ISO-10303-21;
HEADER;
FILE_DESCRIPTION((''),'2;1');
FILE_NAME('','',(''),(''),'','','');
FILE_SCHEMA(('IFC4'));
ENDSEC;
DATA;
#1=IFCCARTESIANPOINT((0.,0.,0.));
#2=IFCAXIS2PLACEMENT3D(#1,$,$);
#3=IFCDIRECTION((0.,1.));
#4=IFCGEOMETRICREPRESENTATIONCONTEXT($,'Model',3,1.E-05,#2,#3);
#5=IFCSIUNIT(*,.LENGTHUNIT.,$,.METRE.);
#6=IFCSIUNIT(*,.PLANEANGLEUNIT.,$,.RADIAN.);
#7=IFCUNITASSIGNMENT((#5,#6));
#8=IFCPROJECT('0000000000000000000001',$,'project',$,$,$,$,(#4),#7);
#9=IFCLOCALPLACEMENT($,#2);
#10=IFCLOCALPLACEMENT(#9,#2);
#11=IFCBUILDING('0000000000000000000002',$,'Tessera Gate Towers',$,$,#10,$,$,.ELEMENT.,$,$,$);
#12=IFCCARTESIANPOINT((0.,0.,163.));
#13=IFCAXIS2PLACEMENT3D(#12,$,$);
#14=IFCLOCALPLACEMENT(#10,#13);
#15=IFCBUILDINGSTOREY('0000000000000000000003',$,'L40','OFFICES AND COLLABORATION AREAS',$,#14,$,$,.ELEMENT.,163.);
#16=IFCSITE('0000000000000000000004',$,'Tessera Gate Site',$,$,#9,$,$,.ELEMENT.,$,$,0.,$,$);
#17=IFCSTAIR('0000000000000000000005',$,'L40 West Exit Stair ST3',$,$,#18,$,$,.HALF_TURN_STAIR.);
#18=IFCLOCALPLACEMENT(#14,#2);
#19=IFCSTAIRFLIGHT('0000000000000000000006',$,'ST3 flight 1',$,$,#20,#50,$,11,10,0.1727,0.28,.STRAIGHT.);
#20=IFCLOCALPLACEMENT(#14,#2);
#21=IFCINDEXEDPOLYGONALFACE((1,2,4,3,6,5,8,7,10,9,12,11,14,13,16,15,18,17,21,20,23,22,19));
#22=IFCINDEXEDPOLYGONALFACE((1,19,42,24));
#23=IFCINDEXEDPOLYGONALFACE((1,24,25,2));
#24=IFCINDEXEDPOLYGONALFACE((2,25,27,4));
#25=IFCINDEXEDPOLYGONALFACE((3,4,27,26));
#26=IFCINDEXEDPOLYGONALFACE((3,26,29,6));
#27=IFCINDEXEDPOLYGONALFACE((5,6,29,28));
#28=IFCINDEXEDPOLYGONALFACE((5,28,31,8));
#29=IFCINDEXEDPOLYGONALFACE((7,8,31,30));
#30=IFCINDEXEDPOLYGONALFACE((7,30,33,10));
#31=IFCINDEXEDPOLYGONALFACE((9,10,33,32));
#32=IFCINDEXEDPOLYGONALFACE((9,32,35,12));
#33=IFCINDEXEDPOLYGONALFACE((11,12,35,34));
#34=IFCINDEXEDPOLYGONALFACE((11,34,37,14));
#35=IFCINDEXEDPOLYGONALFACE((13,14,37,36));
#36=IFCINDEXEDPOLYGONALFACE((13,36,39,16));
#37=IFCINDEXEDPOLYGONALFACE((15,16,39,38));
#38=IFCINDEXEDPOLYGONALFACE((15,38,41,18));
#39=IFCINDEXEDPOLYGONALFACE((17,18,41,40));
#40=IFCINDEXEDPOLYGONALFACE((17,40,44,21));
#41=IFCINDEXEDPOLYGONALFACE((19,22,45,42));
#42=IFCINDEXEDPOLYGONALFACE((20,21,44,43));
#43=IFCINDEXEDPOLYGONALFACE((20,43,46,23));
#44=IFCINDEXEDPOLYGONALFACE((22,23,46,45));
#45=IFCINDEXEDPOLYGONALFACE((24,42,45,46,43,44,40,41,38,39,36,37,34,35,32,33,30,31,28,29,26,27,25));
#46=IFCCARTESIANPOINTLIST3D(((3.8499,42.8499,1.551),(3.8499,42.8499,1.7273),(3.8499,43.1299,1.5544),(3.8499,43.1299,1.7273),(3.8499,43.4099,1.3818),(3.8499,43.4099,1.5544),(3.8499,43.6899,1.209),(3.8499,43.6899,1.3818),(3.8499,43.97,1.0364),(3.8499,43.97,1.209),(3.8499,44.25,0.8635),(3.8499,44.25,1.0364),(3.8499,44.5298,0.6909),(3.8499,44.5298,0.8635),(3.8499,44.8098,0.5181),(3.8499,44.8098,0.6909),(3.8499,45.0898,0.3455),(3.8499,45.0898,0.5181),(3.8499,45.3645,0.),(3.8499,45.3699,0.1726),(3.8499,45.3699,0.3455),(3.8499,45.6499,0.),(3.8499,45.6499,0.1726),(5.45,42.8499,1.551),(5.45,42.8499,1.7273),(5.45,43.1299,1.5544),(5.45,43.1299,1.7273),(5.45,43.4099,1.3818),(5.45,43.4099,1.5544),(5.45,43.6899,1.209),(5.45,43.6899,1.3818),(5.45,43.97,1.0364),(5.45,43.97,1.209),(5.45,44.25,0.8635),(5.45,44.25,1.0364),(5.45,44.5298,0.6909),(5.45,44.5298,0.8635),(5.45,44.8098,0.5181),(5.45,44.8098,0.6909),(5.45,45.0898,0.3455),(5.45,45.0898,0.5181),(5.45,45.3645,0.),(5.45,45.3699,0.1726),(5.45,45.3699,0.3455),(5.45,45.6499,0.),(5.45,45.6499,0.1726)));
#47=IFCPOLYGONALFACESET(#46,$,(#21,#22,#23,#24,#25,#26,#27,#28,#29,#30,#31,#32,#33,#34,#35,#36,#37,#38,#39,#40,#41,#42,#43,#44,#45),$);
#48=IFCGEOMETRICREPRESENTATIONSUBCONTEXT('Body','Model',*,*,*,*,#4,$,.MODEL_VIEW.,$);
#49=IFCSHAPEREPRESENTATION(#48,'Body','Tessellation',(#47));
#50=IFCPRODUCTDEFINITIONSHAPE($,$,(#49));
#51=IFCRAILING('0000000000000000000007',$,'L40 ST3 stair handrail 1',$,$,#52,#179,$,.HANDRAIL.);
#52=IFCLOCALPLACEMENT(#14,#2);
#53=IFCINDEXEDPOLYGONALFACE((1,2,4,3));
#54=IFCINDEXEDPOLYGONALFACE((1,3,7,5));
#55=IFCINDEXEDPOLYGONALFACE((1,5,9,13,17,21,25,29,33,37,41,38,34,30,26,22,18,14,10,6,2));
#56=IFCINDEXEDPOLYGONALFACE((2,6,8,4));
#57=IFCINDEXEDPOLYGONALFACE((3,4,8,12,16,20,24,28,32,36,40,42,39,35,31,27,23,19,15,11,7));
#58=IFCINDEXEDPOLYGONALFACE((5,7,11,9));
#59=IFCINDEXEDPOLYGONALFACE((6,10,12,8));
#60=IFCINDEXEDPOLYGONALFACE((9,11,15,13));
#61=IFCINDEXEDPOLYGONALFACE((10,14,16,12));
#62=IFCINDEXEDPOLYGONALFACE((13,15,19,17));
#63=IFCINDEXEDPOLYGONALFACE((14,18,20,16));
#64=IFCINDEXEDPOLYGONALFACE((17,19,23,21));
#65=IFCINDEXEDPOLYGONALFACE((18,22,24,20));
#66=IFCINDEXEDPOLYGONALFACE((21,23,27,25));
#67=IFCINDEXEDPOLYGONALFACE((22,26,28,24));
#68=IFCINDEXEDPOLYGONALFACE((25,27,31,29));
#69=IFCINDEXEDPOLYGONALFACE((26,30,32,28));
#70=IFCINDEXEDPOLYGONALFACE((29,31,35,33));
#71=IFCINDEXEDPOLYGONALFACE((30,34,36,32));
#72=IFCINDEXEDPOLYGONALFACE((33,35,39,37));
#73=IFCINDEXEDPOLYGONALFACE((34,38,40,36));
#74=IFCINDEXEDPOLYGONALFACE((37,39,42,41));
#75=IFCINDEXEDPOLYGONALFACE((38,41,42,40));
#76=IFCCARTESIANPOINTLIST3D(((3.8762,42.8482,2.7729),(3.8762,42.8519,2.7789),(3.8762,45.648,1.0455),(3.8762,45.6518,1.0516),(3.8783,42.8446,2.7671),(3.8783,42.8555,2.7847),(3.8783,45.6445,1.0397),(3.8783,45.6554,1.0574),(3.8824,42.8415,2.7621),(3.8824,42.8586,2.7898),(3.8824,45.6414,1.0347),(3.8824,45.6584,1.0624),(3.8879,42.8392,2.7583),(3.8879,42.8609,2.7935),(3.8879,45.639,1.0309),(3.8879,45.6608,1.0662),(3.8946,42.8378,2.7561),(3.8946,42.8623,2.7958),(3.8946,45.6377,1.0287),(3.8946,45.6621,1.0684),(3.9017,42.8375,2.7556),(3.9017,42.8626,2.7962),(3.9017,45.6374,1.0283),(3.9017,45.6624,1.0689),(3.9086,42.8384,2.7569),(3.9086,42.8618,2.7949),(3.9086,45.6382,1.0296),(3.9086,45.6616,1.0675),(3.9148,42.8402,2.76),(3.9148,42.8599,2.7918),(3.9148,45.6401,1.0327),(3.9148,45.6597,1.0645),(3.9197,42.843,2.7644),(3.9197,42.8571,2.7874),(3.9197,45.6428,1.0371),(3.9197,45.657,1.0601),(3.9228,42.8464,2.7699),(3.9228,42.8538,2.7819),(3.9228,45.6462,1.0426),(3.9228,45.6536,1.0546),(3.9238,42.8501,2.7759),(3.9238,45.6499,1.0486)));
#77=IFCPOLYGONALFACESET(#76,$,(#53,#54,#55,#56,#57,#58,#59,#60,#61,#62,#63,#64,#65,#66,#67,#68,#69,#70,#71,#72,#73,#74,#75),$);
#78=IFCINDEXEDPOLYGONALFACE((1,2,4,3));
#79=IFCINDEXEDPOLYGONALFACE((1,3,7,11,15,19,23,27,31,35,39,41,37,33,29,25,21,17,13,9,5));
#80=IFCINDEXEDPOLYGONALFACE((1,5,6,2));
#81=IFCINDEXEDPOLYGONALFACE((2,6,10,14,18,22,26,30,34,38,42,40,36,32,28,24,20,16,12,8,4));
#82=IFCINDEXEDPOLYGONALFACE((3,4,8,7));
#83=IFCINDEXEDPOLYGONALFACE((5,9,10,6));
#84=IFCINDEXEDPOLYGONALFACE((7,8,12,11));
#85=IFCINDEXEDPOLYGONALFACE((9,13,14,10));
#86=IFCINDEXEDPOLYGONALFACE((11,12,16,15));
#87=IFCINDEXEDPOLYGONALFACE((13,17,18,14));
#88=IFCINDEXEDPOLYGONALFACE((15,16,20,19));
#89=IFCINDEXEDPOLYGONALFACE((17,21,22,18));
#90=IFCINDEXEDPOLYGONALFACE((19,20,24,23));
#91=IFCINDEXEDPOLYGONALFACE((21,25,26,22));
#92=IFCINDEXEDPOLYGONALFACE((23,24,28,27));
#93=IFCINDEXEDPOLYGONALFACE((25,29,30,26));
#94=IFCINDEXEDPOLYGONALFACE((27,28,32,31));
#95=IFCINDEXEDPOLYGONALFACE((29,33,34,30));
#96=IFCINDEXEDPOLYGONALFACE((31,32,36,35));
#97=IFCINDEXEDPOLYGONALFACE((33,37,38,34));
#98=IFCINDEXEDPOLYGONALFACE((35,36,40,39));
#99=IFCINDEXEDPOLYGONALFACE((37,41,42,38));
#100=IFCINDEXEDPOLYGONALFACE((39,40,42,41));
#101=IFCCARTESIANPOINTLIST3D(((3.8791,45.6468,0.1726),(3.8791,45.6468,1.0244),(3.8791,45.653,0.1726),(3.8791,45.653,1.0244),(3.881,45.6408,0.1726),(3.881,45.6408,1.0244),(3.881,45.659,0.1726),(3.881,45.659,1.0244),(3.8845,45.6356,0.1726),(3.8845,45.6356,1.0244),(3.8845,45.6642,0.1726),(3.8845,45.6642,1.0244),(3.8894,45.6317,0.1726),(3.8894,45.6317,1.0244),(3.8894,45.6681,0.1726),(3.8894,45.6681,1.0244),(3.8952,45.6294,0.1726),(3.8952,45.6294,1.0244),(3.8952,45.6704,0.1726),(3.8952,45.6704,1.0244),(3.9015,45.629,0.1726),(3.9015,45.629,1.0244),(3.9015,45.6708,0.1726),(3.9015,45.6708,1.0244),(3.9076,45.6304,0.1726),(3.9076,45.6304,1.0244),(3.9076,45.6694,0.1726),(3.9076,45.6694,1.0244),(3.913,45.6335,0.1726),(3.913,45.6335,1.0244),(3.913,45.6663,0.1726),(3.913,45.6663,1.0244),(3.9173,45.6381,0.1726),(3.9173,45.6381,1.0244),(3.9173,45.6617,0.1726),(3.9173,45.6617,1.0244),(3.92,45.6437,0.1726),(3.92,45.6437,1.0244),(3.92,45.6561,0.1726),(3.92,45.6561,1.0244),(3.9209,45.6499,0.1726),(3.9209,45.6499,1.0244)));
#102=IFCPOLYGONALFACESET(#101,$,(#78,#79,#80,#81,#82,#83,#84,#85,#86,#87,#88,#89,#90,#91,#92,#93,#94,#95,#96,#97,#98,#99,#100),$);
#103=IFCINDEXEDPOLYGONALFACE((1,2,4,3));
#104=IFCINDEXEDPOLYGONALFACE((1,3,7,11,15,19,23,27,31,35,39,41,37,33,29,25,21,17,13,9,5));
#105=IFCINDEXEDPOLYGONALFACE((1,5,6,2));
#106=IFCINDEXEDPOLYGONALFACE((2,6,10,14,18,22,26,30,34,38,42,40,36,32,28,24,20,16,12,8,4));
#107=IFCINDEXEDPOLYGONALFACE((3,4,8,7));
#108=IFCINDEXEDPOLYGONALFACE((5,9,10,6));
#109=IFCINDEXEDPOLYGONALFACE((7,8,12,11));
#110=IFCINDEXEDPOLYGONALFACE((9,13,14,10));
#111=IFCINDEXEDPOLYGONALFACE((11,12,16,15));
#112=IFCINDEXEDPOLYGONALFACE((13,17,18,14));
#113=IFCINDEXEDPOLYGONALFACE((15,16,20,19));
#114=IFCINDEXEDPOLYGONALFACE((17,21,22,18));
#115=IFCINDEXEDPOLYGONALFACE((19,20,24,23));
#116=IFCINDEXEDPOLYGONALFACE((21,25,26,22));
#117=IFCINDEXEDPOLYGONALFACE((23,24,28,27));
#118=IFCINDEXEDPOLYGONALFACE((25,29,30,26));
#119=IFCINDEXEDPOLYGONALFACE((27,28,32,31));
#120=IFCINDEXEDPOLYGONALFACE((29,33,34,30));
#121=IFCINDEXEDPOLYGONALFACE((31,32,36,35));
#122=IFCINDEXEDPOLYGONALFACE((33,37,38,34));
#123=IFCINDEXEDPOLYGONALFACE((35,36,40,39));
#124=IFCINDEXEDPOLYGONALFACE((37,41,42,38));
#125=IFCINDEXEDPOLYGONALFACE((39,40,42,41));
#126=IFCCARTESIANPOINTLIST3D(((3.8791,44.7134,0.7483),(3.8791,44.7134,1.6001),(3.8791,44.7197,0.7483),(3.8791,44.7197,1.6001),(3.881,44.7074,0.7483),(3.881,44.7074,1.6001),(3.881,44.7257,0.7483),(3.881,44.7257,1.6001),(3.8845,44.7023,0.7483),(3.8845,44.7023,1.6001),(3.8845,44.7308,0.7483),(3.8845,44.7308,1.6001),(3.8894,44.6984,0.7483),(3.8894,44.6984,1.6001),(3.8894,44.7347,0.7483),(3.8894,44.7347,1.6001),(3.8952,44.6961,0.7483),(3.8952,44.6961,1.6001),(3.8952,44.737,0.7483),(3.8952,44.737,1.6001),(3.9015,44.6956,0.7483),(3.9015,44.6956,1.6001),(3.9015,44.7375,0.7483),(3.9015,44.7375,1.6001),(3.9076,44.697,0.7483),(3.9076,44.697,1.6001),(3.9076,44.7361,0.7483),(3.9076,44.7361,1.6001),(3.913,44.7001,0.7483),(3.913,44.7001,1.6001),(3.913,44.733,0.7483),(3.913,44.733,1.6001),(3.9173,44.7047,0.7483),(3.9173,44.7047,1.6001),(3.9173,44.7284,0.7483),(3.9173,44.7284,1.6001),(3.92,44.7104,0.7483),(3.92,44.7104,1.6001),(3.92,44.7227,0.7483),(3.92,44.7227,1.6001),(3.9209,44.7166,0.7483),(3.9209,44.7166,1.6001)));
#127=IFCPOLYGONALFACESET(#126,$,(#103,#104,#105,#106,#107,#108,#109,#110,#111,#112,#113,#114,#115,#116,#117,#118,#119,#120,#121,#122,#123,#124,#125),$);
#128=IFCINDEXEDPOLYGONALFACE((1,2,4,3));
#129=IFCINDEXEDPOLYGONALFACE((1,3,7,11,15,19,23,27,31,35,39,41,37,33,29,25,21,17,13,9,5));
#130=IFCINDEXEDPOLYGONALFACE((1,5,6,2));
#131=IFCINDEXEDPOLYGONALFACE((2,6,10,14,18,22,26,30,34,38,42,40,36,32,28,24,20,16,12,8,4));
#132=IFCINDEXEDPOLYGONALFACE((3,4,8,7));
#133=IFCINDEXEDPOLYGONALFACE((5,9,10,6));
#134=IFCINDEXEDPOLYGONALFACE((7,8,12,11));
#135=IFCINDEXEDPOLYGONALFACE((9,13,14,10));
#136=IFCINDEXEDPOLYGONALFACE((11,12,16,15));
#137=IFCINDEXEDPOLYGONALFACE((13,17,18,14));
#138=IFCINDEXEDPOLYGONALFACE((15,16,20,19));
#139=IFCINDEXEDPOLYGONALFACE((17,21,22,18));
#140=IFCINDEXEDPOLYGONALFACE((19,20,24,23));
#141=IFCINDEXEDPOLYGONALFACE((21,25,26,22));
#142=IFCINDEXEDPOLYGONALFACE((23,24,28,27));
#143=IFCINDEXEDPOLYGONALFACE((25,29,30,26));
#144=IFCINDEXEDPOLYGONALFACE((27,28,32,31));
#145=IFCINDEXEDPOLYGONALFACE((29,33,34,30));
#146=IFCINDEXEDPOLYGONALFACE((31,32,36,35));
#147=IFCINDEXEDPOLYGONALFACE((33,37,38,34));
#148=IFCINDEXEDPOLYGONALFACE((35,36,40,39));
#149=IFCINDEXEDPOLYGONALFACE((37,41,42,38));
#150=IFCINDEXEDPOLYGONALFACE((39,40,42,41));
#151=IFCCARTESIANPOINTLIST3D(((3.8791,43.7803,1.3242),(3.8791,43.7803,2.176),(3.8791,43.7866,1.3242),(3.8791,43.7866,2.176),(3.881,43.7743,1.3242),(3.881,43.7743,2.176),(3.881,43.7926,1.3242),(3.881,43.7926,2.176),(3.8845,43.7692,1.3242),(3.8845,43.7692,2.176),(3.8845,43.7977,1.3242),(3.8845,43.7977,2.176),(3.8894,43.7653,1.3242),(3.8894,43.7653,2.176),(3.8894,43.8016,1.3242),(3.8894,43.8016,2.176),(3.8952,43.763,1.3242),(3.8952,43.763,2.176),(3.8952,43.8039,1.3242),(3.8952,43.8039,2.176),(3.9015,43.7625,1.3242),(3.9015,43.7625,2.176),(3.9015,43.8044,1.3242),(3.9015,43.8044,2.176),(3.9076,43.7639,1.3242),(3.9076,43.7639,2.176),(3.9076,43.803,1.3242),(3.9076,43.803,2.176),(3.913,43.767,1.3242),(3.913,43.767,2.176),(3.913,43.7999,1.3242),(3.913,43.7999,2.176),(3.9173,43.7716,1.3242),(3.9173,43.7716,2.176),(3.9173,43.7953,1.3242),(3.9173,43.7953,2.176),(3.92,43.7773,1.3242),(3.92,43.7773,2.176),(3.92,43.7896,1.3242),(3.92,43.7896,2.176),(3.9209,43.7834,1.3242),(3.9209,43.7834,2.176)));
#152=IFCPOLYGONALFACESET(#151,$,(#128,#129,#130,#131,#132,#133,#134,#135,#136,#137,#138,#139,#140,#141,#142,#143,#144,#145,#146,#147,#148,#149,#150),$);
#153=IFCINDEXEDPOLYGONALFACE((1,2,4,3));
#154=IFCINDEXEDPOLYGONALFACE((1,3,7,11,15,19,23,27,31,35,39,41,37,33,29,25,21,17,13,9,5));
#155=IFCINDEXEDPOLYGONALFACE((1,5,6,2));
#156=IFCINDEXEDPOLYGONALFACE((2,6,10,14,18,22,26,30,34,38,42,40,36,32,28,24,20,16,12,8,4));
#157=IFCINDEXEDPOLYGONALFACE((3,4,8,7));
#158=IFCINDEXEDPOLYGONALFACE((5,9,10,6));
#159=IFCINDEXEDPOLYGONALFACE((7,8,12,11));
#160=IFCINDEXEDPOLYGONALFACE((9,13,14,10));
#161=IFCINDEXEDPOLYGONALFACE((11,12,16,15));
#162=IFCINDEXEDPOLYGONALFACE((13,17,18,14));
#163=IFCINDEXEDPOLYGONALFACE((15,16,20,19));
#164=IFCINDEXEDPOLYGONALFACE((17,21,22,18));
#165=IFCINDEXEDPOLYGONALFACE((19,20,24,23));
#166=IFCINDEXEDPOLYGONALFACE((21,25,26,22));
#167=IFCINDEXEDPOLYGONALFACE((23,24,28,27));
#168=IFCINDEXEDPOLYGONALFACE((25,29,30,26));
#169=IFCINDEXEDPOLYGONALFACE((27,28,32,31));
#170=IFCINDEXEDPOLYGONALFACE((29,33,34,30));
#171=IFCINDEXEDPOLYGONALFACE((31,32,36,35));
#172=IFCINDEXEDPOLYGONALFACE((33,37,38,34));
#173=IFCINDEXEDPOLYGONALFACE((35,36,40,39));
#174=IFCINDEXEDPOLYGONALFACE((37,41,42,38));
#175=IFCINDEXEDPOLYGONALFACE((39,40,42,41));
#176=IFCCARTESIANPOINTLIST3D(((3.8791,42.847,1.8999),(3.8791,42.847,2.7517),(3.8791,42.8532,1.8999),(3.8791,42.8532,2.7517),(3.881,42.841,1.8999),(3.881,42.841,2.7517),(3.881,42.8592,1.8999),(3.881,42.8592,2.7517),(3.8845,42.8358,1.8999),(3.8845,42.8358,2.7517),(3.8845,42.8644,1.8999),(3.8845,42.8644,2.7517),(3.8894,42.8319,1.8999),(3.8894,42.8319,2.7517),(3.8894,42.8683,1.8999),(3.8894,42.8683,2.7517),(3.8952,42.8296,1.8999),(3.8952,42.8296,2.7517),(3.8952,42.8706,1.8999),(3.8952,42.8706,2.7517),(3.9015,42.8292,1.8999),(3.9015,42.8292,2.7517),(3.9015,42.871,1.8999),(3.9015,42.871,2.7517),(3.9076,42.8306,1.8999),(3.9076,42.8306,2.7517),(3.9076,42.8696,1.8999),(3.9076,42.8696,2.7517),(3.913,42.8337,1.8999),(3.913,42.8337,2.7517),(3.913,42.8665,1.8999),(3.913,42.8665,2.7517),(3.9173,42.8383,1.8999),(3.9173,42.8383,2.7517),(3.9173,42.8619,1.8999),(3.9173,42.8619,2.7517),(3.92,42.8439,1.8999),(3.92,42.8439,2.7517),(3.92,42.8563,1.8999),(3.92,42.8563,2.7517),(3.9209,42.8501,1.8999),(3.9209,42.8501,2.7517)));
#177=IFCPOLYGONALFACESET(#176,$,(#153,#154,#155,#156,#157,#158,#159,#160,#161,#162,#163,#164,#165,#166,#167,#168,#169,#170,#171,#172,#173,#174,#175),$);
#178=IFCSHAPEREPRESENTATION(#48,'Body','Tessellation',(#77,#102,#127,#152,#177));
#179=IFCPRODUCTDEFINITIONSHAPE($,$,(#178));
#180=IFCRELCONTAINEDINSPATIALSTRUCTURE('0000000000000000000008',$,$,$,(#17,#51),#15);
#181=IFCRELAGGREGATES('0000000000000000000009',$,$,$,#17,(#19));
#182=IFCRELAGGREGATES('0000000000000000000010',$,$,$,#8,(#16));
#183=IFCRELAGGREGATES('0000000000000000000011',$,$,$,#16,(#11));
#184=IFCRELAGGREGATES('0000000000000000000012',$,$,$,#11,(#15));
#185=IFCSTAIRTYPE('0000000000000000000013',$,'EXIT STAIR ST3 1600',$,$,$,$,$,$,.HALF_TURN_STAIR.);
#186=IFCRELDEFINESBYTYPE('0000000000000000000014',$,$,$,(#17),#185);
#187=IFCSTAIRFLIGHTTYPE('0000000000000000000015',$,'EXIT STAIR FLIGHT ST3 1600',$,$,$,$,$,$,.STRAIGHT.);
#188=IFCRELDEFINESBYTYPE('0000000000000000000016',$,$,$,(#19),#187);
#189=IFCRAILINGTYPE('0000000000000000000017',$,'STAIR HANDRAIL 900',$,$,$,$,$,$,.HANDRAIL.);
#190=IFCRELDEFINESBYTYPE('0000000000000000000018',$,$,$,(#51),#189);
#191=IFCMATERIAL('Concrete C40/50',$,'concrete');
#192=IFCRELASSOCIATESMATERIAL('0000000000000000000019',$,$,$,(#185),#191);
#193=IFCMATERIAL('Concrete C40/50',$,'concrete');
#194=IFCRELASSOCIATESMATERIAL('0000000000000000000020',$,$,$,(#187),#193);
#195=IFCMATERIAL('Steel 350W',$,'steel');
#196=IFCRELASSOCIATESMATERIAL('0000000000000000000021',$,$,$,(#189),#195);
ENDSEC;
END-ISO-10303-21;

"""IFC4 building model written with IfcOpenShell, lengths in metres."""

from ifc_helpers import new_model, si_unit, direction, frame, origin, origin_2d, place, context, subcontext, project, spatial, polyline, circle, outline, extrude, material, type_object, element, aggregate, save


model = new_model("IFC4")

# Units and contexts
model_context = context("Model", 3, precision=1e-05, world=origin(), true_north=direction((0.0, 1.0)))
body_context = subcontext(model_context, "Body", "Model", "MODEL_VIEW")
ifc_project = project(units=[si_unit("LENGTHUNIT", "METRE"), si_unit("PLANEANGLEUNIT", "RADIAN")], contexts=[model_context])

# Site, building, storey
site_placement = place(None, origin())
site = spatial("IfcSite", under=ifc_project, at=site_placement, Name="Tessera Gate Site", CompositionType="ELEMENT", RefElevation=0.0)
building_placement = place(site_placement, origin())
building = spatial("IfcBuilding", under=site, at=building_placement, Name="Tessera Gate Towers", CompositionType="ELEMENT")
storey_placement = place(building_placement, frame((0.0, 0.0, 163.0)))
storey = spatial("IfcBuildingStorey", under=building, at=storey_placement, Name="L40", Description="OFFICES AND COLLABORATION AREAS", CompositionType="ELEMENT", Elevation=163.0)

# Stair, stair flight
ifc_material_1 = material(Name="Concrete C40/50", Category="concrete")
stair_type = type_object("IfcStairType", Name="EXIT STAIR ST3 1600", PredefinedType="HALF_TURN_STAIR", material=ifc_material_1)
stair_placement = place(storey_placement, origin())
stair = element("IfcStair", 1, at=stair_placement, inside=storey, type_object=stair_type, Name="L40 West Exit Stair ST3", PredefinedType="HALF_TURN_STAIR")
ifc_material_2 = material(Name="Concrete C40/50", Category="concrete")
stair_flight_type = type_object("IfcStairFlightType", Name="EXIT STAIR FLIGHT ST3 1600", PredefinedType="STRAIGHT", material=ifc_material_2)
stair_flight_placement = place(storey_placement, frame((4.6499, 45.6499, 0.0), z_axis=(0.0, 0.0, 1.0), x_axis=(0.0, -1.0, 0.0)))
stair_flight = element("IfcStairFlight", 2, at=stair_flight_placement, type_object=stair_flight_type, Name="ST3 flight 1", NumberOfRisers=11, NumberOfTreads=10, PredefinedType="STRAIGHT", RiserHeight=0.1727, TreadLength=0.28, context=body_context, shape_type="SweptSolid", body=[
    extrude(outline(polyline([(0.0, 0.0), (0.0, 0.1726), (0.28, 0.1726), (0.28, 0.3455), (0.5601, 0.3455), (0.5601, 0.5181), (0.8401, 0.5181), (0.8401, 0.6909), (1.1201, 0.6909), (1.1201, 0.8635), (1.3999, 0.8635), (1.3999, 1.0364), (1.6799, 1.0364), (1.6799, 1.209), (1.96, 1.209), (1.96, 1.3818), (2.24, 1.3818), (2.24, 1.5544), (2.52, 1.5544), (2.52, 1.7273), (2.8, 1.7273), (2.8, 1.8999), (2.8, 1.551), (0.2854, 0.0), (0.0, 0.0)])), frame((0.0, 0.8, 0.0), z_axis=(0.0, -1.0, 0.0), x_axis=(1.0, 0.0, 0.0)), (0.0, 0.0, 1.0), 1.6001),
])
aggregate(stair, [stair_flight])

# Railing
ifc_material_3 = material(Name="Steel 350W", Category="steel")
railing_type_1 = type_object("IfcRailingType", Name="STAIR HANDRAIL 900", PredefinedType="HANDRAIL", material=ifc_material_3)
railing_1_placement = place(storey_placement, frame((3.8999, 45.6499, 0.1726)))
element("IfcRailing", 3, at=railing_1_placement, inside=storey, type_object=railing_type_1, Name="L40 ST3 stair handrail 1", PredefinedType="HANDRAIL", context=body_context, shape_type="SweptSolid", body=[
    extrude(circle(Radius=0.0239, at=origin_2d()), frame((0.0, 0.0, 0.876), z_axis=(0.0, -0.851069, 0.525054), x_axis=(1.0, 0.0, 0.0)), (0.0, 0.0, 1.0), 3.2898),
    extrude(circle(Radius=0.021, at=origin_2d()), origin(), (0.0, 0.0, 1.0), 0.8518),
    extrude(circle(Radius=0.021, at=origin_2d()), frame((0.0, -0.9333, 0.5757)), (0.0, 0.0, 1.0), 0.8518),
    extrude(circle(Radius=0.021, at=origin_2d()), frame((0.0, -1.8665, 1.1516)), (0.0, 0.0, 1.0), 0.8518),
    extrude(circle(Radius=0.021, at=origin_2d()), frame((0.0, -2.7998, 1.7273)), (0.0, 0.0, 1.0), 0.8518),
])

save(model, "model.ifc")
